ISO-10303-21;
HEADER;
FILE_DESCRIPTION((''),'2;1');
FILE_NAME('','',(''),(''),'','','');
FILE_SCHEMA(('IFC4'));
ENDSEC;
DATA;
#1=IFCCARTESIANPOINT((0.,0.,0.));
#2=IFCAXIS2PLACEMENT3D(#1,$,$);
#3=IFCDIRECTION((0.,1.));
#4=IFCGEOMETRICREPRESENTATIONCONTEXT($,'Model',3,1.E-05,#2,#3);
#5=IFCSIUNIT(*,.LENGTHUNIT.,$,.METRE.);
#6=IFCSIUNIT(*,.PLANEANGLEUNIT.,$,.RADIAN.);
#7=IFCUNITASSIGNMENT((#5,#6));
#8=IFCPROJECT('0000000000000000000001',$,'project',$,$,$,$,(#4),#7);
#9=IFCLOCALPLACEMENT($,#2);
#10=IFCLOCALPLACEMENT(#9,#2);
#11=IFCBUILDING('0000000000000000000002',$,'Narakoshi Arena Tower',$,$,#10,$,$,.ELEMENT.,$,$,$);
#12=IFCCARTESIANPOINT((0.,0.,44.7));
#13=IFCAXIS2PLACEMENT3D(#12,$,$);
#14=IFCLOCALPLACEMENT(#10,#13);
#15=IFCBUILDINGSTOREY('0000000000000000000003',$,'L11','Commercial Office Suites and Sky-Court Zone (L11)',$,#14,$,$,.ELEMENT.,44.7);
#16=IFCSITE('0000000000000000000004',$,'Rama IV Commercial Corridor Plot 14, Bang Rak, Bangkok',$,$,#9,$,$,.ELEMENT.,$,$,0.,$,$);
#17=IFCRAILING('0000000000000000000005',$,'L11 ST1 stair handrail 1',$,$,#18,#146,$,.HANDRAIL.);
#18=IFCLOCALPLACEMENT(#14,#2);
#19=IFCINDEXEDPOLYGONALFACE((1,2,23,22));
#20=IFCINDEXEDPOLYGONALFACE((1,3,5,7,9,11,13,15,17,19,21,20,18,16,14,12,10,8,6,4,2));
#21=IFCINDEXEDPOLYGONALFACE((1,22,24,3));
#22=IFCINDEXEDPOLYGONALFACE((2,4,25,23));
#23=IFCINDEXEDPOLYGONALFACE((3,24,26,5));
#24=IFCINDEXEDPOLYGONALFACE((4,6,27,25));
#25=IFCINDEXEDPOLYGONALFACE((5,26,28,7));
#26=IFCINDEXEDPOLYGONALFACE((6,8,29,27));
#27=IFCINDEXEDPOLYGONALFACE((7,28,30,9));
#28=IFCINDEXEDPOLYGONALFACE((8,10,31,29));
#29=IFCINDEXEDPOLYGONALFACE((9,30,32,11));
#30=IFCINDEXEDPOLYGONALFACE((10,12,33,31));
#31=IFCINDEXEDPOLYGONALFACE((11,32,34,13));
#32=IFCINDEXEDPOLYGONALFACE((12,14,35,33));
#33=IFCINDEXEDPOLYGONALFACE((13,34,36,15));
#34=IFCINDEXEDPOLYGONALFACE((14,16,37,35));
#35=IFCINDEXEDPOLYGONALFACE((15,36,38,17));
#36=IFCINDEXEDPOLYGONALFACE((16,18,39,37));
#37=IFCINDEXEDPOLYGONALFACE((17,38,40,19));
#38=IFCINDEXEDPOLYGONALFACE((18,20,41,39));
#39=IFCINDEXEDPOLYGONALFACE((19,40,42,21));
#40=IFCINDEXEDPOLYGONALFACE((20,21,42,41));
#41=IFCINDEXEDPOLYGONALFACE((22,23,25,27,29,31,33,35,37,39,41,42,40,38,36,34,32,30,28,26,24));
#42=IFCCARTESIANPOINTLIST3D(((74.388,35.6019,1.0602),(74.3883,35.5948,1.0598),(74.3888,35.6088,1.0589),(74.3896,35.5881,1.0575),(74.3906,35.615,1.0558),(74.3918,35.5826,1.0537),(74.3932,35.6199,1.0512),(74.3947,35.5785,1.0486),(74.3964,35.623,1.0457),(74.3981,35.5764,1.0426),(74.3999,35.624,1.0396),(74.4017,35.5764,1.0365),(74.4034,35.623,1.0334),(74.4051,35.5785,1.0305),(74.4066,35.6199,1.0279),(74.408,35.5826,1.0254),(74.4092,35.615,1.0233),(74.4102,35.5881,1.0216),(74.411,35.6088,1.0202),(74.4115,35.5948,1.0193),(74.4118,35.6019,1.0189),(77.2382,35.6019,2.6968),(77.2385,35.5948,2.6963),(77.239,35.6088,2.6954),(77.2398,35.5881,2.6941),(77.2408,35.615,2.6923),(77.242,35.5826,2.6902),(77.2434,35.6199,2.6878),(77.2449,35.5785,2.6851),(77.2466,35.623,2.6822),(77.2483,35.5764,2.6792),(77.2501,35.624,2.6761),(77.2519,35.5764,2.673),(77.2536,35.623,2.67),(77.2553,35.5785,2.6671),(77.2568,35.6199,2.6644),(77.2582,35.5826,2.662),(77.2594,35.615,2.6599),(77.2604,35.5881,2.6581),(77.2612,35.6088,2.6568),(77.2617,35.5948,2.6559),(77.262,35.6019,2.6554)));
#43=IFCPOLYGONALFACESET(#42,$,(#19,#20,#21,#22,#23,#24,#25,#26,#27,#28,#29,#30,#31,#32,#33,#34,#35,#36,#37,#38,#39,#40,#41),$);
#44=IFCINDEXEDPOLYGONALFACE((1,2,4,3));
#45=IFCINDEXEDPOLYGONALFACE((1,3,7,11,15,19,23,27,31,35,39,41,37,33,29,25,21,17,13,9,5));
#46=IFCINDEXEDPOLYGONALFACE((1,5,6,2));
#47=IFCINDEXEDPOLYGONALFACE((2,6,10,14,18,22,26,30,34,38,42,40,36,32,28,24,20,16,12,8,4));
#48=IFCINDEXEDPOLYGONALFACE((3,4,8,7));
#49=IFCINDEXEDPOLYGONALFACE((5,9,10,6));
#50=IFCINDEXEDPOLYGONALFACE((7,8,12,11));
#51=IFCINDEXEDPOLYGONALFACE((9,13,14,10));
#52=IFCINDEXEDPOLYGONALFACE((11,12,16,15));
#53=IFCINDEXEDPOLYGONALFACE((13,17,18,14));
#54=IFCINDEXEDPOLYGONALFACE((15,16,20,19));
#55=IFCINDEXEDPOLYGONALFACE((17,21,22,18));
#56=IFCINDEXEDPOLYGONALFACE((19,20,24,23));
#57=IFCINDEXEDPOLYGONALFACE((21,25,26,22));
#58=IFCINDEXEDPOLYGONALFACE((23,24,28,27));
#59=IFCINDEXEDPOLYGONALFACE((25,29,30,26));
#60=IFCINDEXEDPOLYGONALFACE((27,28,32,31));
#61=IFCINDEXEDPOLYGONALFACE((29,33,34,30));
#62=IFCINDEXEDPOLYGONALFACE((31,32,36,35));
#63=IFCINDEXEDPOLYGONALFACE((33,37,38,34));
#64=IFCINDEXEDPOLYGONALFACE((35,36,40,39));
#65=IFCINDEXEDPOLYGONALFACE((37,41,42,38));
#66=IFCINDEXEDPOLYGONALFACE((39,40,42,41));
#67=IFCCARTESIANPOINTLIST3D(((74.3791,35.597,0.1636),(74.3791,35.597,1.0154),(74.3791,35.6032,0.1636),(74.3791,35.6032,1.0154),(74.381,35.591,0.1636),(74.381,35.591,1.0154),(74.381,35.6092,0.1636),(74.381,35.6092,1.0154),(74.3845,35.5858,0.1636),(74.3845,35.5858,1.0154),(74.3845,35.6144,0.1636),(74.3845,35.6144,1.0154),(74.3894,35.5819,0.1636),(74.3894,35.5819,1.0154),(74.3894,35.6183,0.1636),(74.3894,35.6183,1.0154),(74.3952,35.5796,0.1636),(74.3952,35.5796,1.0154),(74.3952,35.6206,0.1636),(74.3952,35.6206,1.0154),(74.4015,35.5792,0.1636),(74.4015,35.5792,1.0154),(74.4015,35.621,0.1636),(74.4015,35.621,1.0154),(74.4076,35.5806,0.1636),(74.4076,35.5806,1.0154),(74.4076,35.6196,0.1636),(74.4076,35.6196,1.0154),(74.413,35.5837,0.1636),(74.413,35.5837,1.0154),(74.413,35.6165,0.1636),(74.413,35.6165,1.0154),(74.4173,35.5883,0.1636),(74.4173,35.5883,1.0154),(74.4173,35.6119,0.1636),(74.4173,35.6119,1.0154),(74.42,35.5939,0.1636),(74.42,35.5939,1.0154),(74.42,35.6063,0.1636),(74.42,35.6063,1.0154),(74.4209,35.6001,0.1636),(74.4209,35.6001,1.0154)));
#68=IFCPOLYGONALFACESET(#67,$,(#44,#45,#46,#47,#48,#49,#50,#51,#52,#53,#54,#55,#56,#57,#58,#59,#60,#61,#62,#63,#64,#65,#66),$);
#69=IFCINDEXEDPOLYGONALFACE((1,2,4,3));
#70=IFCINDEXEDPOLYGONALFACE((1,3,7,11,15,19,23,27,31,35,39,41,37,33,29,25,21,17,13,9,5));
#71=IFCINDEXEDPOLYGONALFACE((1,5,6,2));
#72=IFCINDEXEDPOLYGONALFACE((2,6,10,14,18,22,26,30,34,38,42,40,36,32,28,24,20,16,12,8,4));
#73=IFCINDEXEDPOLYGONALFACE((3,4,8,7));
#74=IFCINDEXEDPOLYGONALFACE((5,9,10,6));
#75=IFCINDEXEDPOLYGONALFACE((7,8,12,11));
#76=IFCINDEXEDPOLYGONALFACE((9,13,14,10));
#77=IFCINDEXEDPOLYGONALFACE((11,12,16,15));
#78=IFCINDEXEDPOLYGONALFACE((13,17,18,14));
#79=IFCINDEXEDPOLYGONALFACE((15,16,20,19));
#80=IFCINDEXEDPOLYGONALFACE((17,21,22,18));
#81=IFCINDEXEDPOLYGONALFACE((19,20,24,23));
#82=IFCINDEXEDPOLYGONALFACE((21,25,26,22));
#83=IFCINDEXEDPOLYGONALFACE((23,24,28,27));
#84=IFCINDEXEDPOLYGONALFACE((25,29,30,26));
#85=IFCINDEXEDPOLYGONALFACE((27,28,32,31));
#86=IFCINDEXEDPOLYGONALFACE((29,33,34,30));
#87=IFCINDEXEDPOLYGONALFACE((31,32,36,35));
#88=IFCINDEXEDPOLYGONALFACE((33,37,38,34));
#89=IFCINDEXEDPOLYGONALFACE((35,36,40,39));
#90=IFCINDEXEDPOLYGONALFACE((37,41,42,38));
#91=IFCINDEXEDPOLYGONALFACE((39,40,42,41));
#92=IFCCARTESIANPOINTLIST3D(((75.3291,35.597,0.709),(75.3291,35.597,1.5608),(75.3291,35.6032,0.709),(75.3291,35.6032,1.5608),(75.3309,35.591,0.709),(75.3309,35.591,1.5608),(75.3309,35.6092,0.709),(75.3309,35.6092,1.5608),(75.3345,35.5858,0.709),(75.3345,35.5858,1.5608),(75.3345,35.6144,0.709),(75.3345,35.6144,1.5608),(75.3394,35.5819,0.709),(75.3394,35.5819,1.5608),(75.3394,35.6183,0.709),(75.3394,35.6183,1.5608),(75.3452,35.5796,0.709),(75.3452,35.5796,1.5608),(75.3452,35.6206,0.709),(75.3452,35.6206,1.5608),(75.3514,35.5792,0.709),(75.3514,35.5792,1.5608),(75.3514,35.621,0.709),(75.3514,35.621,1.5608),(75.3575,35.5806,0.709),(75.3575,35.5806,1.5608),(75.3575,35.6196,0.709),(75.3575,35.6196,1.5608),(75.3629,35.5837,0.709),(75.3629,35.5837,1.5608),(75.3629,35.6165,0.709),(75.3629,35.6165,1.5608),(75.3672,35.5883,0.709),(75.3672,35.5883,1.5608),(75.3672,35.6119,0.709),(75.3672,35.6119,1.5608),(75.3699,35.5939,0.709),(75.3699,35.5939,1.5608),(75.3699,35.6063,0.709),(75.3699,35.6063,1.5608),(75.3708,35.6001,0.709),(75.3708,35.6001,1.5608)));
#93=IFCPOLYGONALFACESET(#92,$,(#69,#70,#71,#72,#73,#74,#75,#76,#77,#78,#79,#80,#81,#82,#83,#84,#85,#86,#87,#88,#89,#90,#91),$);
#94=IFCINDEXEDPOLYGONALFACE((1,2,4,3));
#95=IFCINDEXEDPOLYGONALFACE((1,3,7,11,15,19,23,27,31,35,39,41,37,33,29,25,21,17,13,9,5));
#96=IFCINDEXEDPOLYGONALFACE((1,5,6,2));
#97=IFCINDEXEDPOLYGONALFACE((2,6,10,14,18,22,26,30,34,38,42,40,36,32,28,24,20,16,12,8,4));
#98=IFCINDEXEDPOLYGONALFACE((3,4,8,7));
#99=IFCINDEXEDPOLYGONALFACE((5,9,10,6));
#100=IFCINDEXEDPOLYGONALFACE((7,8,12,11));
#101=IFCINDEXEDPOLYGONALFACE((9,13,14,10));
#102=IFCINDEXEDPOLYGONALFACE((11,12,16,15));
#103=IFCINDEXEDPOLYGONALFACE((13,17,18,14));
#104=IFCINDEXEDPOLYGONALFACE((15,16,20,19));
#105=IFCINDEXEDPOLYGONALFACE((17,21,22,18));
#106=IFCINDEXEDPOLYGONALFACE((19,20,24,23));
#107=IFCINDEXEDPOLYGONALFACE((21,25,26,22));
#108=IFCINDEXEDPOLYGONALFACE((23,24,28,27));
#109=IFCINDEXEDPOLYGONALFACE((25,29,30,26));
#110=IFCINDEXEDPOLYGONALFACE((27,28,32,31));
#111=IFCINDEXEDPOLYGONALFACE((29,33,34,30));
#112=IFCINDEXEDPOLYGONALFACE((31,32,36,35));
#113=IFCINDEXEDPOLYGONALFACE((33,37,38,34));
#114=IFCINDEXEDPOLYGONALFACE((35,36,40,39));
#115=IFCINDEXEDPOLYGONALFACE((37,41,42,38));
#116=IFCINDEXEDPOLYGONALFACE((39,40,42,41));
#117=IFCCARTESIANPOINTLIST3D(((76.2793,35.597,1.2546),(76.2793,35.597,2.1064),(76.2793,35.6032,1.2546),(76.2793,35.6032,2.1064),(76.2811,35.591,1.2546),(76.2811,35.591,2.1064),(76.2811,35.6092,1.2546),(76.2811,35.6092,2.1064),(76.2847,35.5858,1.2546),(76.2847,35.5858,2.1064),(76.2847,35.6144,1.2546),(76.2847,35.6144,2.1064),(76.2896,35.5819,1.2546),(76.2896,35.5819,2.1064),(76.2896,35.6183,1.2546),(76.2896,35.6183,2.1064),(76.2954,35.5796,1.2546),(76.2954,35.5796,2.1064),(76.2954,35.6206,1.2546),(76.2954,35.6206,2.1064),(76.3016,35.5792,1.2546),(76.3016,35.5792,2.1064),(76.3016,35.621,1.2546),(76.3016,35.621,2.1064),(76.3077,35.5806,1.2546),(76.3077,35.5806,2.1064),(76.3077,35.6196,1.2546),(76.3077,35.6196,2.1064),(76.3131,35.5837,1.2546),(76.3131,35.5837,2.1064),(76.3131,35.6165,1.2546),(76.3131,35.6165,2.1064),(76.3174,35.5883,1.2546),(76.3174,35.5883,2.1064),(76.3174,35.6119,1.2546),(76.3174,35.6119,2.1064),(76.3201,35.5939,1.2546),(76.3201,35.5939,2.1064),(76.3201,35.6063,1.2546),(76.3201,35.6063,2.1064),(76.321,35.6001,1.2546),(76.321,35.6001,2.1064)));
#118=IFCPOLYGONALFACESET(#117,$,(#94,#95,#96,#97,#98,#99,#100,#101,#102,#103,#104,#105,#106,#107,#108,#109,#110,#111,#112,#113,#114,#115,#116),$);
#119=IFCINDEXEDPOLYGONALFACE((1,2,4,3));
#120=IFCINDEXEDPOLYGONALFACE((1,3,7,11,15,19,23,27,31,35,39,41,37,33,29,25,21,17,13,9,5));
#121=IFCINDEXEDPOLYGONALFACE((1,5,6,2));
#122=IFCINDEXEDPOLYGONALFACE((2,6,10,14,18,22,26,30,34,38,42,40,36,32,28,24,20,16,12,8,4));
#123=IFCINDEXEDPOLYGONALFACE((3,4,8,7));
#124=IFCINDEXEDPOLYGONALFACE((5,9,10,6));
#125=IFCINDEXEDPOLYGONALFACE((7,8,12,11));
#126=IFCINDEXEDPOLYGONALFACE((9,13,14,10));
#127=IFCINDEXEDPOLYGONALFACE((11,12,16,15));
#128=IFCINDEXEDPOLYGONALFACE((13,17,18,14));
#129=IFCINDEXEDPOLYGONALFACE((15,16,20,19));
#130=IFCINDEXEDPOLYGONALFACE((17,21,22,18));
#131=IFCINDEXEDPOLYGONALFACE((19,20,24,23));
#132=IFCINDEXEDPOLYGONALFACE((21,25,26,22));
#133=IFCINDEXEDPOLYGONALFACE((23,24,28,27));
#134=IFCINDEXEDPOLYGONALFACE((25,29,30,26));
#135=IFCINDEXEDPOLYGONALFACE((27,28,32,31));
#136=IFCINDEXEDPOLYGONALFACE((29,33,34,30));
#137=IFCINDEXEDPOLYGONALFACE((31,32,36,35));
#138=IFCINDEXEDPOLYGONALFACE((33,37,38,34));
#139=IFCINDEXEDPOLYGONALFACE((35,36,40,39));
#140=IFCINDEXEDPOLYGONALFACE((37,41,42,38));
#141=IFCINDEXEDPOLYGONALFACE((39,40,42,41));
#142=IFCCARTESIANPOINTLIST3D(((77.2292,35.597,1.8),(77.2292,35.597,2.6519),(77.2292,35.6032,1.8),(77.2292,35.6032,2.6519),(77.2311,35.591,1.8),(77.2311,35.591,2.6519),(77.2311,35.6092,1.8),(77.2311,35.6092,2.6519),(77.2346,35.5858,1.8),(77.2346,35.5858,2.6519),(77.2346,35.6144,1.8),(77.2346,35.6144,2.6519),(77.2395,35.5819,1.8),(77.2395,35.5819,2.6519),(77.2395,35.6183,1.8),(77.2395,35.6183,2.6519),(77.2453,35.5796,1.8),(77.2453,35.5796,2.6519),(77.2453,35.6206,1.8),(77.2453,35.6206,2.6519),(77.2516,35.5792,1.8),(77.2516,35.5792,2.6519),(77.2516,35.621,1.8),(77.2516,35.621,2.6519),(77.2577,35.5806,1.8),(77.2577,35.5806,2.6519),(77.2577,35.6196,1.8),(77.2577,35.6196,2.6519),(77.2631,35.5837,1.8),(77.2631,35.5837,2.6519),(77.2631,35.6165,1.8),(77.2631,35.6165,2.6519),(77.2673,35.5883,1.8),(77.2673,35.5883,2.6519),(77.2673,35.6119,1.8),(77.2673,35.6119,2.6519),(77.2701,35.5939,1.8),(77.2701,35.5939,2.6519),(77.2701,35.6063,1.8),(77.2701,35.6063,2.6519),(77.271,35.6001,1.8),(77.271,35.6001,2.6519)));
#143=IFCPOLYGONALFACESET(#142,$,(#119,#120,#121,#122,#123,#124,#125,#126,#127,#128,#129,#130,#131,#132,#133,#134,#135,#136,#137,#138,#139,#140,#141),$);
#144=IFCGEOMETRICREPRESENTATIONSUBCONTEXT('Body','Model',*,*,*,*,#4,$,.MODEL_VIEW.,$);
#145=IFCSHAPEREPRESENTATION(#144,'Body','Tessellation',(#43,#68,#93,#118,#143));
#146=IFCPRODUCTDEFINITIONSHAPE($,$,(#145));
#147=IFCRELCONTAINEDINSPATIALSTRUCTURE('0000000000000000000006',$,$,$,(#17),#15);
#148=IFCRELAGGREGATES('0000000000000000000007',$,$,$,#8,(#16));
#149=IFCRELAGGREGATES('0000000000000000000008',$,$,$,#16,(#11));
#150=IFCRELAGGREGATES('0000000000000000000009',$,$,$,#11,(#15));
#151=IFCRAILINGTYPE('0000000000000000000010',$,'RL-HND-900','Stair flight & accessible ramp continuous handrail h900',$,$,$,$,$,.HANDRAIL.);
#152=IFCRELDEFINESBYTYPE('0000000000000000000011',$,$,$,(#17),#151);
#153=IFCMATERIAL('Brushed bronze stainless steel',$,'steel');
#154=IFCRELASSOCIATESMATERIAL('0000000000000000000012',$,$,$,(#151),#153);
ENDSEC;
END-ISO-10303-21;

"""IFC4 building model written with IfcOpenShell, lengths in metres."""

from ifc_helpers import new_model, si_unit, direction, frame, origin, origin_2d, place, context, subcontext, project, spatial, circle, extrude, material, type_object, element, save


model = new_model("IFC4")

# Units and contexts
model_context = context("Model", 3, precision=1e-05, world=origin(), true_north=direction((0.0, 1.0)))
body_context = subcontext(model_context, "Body", "Model", "MODEL_VIEW")
ifc_project = project(units=[si_unit("LENGTHUNIT", "METRE"), si_unit("PLANEANGLEUNIT", "RADIAN")], contexts=[model_context])

# Site, building, storey
site_placement = place(None, origin())
site = spatial("IfcSite", under=ifc_project, at=site_placement, Name="Rama IV Commercial Corridor Plot 14, Bang Rak, Bangkok", CompositionType="ELEMENT", RefElevation=0.0)
building_placement = place(site_placement, origin())
building = spatial("IfcBuilding", under=site, at=building_placement, Name="Narakoshi Arena Tower", CompositionType="ELEMENT")
storey_placement = place(building_placement, frame((0.0, 0.0, 44.7)))
storey = spatial("IfcBuildingStorey", under=building, at=storey_placement, Name="L11", Description="Commercial Office Suites and Sky-Court Zone (L11)", CompositionType="ELEMENT", Elevation=44.7)

# Shared definitions
ifc_material_1 = material(Name="Brushed bronze stainless steel", Category="steel")

# Railing
railing_type_1 = type_object("IfcRailingType", Name="RL-HND-900", Description="Stair flight & accessible ramp continuous handrail h900", PredefinedType="HANDRAIL", material=ifc_material_1)
railing_1_placement = place(storey_placement, frame((74.3999, 35.6001, 0.1636)))
element("IfcRailing", 1, at=railing_1_placement, inside=storey, type_object=railing_type_1, Name="L11 ST1 stair handrail 1", PredefinedType="HANDRAIL", context=body_context, shape_type="SweptSolid", body=[
    extrude(circle(Radius=0.0239, at=origin_2d()), frame((0.0, 0.0, 0.876), z_axis=(0.867213, 0.0, 0.497938), x_axis=(0.0, 1.0, 0.0)), (0.0, 0.0, 1.0), 3.2866),
    extrude(circle(Radius=0.021, at=origin_2d()), origin(), (0.0, 0.0, 1.0), 0.8518),
    extrude(circle(Radius=0.021, at=origin_2d()), frame((0.95, 0.0, 0.5454)), (0.0, 0.0, 1.0), 0.8518),
    extrude(circle(Radius=0.021, at=origin_2d()), frame((1.9001, 0.0, 1.0911)), (0.0, 0.0, 1.0), 0.8518),
    extrude(circle(Radius=0.021, at=origin_2d()), frame((2.8501, 0.0, 1.6365)), (0.0, 0.0, 1.0), 0.8518),
])

save(model, "model.ifc")
